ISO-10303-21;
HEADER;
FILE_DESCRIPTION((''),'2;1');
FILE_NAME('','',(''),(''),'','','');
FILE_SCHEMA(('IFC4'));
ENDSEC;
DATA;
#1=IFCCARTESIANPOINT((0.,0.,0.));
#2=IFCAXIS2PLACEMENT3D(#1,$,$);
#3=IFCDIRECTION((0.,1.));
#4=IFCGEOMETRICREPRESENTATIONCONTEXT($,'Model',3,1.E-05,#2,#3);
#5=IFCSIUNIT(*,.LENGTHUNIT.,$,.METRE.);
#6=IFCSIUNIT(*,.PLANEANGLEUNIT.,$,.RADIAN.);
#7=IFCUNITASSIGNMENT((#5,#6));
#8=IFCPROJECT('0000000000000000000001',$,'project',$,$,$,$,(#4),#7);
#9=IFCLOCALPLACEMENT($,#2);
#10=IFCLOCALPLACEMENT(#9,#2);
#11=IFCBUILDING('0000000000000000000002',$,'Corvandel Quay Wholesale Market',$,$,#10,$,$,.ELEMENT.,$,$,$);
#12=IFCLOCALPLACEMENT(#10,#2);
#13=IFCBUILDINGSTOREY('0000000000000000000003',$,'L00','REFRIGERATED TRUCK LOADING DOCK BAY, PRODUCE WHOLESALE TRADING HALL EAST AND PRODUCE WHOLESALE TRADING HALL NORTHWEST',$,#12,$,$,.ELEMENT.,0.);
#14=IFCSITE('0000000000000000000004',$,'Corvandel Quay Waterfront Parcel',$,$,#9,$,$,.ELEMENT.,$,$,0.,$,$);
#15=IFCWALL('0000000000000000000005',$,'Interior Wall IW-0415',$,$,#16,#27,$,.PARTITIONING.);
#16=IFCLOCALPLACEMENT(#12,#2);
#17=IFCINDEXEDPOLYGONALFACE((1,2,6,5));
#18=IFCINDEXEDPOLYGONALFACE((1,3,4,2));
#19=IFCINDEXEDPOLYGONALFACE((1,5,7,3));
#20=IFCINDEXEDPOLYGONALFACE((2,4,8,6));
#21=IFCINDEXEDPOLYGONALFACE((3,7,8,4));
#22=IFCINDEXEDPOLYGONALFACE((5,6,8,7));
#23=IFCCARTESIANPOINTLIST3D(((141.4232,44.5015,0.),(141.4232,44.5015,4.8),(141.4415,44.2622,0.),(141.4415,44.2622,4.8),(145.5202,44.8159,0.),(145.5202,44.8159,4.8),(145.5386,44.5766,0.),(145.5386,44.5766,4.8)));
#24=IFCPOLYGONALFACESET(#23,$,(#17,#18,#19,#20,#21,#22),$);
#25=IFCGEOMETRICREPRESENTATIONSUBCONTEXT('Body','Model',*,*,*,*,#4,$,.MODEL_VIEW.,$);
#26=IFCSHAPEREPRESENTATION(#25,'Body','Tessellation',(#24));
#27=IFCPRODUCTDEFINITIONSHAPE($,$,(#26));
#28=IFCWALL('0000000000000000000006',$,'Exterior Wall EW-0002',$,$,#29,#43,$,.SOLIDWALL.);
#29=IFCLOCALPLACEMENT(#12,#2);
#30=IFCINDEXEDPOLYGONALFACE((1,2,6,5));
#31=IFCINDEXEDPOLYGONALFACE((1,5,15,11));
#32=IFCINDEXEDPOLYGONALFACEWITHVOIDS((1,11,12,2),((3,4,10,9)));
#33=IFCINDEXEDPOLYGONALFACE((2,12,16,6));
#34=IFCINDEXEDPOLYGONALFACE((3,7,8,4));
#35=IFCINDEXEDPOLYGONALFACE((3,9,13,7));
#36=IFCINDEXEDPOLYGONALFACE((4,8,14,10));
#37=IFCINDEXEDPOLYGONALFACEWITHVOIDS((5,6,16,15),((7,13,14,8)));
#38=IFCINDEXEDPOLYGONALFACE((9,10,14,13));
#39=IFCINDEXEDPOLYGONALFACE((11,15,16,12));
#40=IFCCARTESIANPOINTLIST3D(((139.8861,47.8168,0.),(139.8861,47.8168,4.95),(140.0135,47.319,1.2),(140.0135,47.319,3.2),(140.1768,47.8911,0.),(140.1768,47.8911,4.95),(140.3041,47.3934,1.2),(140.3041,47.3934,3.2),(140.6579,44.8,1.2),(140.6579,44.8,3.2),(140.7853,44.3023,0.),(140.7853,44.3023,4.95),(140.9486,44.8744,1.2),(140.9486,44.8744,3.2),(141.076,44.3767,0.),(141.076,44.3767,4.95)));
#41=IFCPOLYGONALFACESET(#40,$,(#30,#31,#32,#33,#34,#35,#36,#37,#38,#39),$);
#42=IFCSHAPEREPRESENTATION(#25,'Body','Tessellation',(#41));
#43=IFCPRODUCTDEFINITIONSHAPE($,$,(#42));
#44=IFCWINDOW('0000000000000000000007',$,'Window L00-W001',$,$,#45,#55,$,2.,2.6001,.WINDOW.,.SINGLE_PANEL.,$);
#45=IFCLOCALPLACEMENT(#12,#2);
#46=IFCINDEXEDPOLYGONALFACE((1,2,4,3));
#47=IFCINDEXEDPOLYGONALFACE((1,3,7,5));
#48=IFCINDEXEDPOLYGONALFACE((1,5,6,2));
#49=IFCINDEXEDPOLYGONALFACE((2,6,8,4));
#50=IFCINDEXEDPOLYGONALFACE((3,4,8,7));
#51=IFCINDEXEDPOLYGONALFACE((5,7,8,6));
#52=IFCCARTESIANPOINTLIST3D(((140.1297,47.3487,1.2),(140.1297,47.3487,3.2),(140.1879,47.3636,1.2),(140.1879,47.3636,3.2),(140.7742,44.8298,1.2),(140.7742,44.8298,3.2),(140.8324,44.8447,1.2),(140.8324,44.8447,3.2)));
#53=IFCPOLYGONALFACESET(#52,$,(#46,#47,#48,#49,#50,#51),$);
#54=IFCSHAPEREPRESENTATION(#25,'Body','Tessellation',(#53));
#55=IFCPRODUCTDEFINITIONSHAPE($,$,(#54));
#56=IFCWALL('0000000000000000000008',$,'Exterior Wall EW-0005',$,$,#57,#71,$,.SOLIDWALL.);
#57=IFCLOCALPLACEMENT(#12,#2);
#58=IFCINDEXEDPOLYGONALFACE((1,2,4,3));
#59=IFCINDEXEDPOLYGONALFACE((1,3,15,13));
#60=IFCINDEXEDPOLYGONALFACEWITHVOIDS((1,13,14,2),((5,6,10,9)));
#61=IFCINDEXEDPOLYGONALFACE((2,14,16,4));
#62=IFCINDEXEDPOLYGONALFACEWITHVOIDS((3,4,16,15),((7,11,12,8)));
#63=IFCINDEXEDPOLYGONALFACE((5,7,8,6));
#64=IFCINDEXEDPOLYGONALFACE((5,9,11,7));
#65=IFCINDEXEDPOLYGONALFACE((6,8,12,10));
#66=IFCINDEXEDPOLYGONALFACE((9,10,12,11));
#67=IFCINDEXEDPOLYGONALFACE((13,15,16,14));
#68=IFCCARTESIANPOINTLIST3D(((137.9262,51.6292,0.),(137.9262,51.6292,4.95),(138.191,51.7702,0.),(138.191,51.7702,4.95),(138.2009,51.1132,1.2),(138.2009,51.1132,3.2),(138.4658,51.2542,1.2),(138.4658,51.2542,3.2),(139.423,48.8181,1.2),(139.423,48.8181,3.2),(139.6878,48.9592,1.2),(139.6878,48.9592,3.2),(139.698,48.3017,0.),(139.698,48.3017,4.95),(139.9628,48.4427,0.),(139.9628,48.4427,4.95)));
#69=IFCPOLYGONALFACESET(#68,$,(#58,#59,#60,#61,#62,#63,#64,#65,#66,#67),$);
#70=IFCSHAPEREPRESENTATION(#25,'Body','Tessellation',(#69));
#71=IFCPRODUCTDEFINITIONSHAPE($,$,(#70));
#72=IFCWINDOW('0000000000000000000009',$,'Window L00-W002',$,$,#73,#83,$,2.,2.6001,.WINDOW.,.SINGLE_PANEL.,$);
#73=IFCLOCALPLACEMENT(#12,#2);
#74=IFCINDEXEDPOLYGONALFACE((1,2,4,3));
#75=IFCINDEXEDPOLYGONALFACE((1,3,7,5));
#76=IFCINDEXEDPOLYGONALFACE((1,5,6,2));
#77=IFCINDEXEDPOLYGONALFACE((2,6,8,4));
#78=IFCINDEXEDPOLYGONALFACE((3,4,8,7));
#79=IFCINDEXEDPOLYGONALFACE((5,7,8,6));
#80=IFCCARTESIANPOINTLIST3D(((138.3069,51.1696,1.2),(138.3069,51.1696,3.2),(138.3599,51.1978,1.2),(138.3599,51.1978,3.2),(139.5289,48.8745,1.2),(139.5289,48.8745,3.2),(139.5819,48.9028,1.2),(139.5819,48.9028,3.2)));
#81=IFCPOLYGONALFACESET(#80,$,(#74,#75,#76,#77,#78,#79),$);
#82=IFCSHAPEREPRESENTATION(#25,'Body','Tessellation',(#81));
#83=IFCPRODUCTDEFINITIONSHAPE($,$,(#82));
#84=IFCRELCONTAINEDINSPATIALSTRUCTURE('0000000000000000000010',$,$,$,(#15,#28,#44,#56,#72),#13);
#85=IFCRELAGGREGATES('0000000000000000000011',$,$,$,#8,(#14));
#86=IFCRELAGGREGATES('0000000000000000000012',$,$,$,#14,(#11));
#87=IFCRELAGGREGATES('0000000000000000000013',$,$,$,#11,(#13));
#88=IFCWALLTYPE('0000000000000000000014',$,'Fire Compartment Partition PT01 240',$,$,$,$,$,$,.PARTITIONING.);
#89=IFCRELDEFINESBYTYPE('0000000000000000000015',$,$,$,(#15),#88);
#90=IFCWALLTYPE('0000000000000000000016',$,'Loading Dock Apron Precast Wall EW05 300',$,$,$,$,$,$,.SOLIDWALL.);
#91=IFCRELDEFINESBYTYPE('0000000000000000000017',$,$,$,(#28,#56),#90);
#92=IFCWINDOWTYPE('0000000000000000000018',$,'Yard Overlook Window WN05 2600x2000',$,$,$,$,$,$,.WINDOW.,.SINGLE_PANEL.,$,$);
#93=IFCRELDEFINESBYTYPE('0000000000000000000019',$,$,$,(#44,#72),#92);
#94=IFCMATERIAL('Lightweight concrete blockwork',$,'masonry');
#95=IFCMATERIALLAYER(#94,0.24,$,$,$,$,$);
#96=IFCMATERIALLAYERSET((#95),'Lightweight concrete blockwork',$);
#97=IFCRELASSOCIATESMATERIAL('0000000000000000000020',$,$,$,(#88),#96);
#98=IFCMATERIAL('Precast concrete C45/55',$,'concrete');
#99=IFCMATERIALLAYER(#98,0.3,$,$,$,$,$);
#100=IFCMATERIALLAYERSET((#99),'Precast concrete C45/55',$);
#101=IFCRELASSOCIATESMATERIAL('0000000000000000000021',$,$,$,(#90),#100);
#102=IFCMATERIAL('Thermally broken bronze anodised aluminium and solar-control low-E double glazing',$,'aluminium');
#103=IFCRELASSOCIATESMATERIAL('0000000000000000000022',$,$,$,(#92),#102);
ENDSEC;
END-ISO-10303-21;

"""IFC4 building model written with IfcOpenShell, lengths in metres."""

from ifc_helpers import new_model, si_unit, direction, frame, frame_2d, origin, place, context, subcontext, project, spatial, rectangle, extrude, material, layer, layer_set, type_object, element, fill, save


model = new_model("IFC4")

# Units and contexts
model_context = context("Model", 3, precision=1e-05, world=origin(), true_north=direction((0.0, 1.0)))
body_context = subcontext(model_context, "Body", "Model", "MODEL_VIEW")
ifc_project = project(units=[si_unit("LENGTHUNIT", "METRE"), si_unit("PLANEANGLEUNIT", "RADIAN")], contexts=[model_context])

# Site, building, storey
site_placement = place(None, origin())
site = spatial("IfcSite", under=ifc_project, at=site_placement, Name="Corvandel Quay Waterfront Parcel", CompositionType="ELEMENT", RefElevation=0.0)
building_placement = place(site_placement, origin())
building = spatial("IfcBuilding", under=site, at=building_placement, Name="Corvandel Quay Wholesale Market", CompositionType="ELEMENT")
storey_placement = place(building_placement, origin())
storey = spatial("IfcBuildingStorey", under=building, at=storey_placement, Name="L00", Description="REFRIGERATED TRUCK LOADING DOCK BAY, PRODUCE WHOLESALE TRADING HALL EAST AND PRODUCE WHOLESALE TRADING HALL NORTHWEST", CompositionType="ELEMENT", Elevation=0.0)

# Shared definitions
ifc_material_1 = material(Name="Precast concrete C45/55", Category="concrete")

# Wall
ifc_material_2 = material(Name="Lightweight concrete blockwork", Category="masonry")
ifc_layer_1 = layer(ifc_material_2, 0.24)
ifc_layer_set_1 = layer_set([ifc_layer_1], Name="Lightweight concrete blockwork")
wall_type_1 = type_object("IfcWallType", Name="Fire Compartment Partition PT01 240", PredefinedType="PARTITIONING", material=ifc_layer_set_1)
wall_1_placement = place(storey_placement, frame((145.5295, 44.6963, 0.0), z_axis=(0.0, 0.0, 1.0), x_axis=(-0.997068, -0.076524, 0.0)))
element("IfcWall", 1, at=wall_1_placement, inside=storey, type_object=wall_type_1, Name="Interior Wall IW-0415", PredefinedType="PARTITIONING", context=body_context, shape_type="SweptSolid", body=[
    extrude(rectangle(XDim=4.1091, YDim=0.24, at=frame_2d((2.0547, 0.0))), origin(), (0.0, 0.0, 1.0), 4.8),
])

# Walls, openings, windows
ifc_layer_2 = layer(ifc_material_1, 0.3)
ifc_layer_set_2 = layer_set([ifc_layer_2], Name="Precast concrete C45/55")
wall_type_2 = type_object("IfcWallType", Name="Loading Dock Apron Precast Wall EW05 300", PredefinedType="SOLIDWALL", material=ifc_layer_set_2)
wall_2_placement = place(storey_placement, frame((140.9307, 44.3394, 0.0), z_axis=(0.0, 0.0, 1.0), x_axis=(-0.247869, 0.968794, 0.0)))
wall_2 = element("IfcWall", 2, at=wall_2_placement, inside=storey, type_object=wall_type_2, Name="Exterior Wall EW-0002", PredefinedType="SOLIDWALL", context=body_context, shape_type="SweptSolid", body=[
    extrude(rectangle(XDim=3.6277, YDim=0.3, at=frame_2d((1.814, 0.0))), origin(), (0.0, 0.0, 1.0), 4.95),
])
opening_1_placement = place(wall_2_placement, frame((0.5139, 0.0, 1.2)))
opening_1 = element("IfcOpeningElement", 3, at=opening_1_placement, cuts=wall_2, PredefinedType="OPENING", context=body_context, shape_type="SweptSolid", body=[
    extrude(rectangle(XDim=2.6001, YDim=2.0, at=frame_2d((1.3, 1.0))), frame((0.0, 0.1599, 0.0), z_axis=(0.0, -1.0, 0.0), x_axis=(1.0, 0.0, 0.0)), (0.0, 0.0, 1.0), 0.3201),
])
ifc_material_3 = material(Name="Thermally broken bronze anodised aluminium and solar-control low-E double glazing", Category="aluminium")
window_type = type_object("IfcWindowType", Name="Yard Overlook Window WN05 2600x2000", PartitioningType="SINGLE_PANEL", PredefinedType="WINDOW", material=ifc_material_3)
window_1_placement = place(opening_1_placement, origin())
window_1 = element("IfcWindow", 4, at=window_1_placement, inside=storey, type_object=window_type, Name="Window L00-W001", OverallHeight=2.0, OverallWidth=2.6001, PartitioningType="SINGLE_PANEL", PredefinedType="WINDOW", context=body_context, shape_type="SweptSolid", body=[
    extrude(rectangle(XDim=2.6001, YDim=2.0, at=frame_2d((1.3, 1.0))), frame((0.0, 0.03, 0.0), z_axis=(0.0, -1.0, 0.0), x_axis=(1.0, 0.0, 0.0)), (0.0, 0.0, 1.0), 0.0601),
])
fill(opening_1, window_1)
wall_3_placement = place(storey_placement, frame((139.8303, 48.3723, 0.0), z_axis=(0.0, 0.0, 1.0), x_axis=(-0.469993, 0.88267, 0.0)))
wall_3 = element("IfcWall", 5, at=wall_3_placement, inside=storey, type_object=wall_type_2, Name="Exterior Wall EW-0005", PredefinedType="SOLIDWALL", context=body_context, shape_type="SweptSolid", body=[
    extrude(rectangle(XDim=3.7698, YDim=0.3, at=frame_2d((1.8848, 0.0))), origin(), (0.0, 0.0, 1.0), 4.95),
])
opening_2_placement = place(wall_3_placement, frame((0.585, 0.0, 1.2)))
opening_2 = element("IfcOpeningElement", 6, at=opening_2_placement, cuts=wall_3, PredefinedType="OPENING", context=body_context, shape_type="SweptSolid", body=[
    extrude(rectangle(XDim=2.6001, YDim=2.0, at=frame_2d((1.3, 1.0))), frame((0.0, 0.1599, 0.0), z_axis=(0.0, -1.0, 0.0), x_axis=(1.0, 0.0, 0.0)), (0.0, 0.0, 1.0), 0.3201),
])
window_2_placement = place(opening_2_placement, origin())
window_2 = element("IfcWindow", 7, at=window_2_placement, inside=storey, type_object=window_type, Name="Window L00-W002", OverallHeight=2.0, OverallWidth=2.6001, PartitioningType="SINGLE_PANEL", PredefinedType="WINDOW", context=body_context, shape_type="SweptSolid", body=[
    extrude(rectangle(XDim=2.6001, YDim=2.0, at=frame_2d((1.3, 1.0))), frame((0.0, 0.03, 0.0), z_axis=(0.0, -1.0, 0.0), x_axis=(1.0, 0.0, 0.0)), (0.0, 0.0, 1.0), 0.0601),
])
fill(opening_2, window_2)

save(model, "model.ifc")
